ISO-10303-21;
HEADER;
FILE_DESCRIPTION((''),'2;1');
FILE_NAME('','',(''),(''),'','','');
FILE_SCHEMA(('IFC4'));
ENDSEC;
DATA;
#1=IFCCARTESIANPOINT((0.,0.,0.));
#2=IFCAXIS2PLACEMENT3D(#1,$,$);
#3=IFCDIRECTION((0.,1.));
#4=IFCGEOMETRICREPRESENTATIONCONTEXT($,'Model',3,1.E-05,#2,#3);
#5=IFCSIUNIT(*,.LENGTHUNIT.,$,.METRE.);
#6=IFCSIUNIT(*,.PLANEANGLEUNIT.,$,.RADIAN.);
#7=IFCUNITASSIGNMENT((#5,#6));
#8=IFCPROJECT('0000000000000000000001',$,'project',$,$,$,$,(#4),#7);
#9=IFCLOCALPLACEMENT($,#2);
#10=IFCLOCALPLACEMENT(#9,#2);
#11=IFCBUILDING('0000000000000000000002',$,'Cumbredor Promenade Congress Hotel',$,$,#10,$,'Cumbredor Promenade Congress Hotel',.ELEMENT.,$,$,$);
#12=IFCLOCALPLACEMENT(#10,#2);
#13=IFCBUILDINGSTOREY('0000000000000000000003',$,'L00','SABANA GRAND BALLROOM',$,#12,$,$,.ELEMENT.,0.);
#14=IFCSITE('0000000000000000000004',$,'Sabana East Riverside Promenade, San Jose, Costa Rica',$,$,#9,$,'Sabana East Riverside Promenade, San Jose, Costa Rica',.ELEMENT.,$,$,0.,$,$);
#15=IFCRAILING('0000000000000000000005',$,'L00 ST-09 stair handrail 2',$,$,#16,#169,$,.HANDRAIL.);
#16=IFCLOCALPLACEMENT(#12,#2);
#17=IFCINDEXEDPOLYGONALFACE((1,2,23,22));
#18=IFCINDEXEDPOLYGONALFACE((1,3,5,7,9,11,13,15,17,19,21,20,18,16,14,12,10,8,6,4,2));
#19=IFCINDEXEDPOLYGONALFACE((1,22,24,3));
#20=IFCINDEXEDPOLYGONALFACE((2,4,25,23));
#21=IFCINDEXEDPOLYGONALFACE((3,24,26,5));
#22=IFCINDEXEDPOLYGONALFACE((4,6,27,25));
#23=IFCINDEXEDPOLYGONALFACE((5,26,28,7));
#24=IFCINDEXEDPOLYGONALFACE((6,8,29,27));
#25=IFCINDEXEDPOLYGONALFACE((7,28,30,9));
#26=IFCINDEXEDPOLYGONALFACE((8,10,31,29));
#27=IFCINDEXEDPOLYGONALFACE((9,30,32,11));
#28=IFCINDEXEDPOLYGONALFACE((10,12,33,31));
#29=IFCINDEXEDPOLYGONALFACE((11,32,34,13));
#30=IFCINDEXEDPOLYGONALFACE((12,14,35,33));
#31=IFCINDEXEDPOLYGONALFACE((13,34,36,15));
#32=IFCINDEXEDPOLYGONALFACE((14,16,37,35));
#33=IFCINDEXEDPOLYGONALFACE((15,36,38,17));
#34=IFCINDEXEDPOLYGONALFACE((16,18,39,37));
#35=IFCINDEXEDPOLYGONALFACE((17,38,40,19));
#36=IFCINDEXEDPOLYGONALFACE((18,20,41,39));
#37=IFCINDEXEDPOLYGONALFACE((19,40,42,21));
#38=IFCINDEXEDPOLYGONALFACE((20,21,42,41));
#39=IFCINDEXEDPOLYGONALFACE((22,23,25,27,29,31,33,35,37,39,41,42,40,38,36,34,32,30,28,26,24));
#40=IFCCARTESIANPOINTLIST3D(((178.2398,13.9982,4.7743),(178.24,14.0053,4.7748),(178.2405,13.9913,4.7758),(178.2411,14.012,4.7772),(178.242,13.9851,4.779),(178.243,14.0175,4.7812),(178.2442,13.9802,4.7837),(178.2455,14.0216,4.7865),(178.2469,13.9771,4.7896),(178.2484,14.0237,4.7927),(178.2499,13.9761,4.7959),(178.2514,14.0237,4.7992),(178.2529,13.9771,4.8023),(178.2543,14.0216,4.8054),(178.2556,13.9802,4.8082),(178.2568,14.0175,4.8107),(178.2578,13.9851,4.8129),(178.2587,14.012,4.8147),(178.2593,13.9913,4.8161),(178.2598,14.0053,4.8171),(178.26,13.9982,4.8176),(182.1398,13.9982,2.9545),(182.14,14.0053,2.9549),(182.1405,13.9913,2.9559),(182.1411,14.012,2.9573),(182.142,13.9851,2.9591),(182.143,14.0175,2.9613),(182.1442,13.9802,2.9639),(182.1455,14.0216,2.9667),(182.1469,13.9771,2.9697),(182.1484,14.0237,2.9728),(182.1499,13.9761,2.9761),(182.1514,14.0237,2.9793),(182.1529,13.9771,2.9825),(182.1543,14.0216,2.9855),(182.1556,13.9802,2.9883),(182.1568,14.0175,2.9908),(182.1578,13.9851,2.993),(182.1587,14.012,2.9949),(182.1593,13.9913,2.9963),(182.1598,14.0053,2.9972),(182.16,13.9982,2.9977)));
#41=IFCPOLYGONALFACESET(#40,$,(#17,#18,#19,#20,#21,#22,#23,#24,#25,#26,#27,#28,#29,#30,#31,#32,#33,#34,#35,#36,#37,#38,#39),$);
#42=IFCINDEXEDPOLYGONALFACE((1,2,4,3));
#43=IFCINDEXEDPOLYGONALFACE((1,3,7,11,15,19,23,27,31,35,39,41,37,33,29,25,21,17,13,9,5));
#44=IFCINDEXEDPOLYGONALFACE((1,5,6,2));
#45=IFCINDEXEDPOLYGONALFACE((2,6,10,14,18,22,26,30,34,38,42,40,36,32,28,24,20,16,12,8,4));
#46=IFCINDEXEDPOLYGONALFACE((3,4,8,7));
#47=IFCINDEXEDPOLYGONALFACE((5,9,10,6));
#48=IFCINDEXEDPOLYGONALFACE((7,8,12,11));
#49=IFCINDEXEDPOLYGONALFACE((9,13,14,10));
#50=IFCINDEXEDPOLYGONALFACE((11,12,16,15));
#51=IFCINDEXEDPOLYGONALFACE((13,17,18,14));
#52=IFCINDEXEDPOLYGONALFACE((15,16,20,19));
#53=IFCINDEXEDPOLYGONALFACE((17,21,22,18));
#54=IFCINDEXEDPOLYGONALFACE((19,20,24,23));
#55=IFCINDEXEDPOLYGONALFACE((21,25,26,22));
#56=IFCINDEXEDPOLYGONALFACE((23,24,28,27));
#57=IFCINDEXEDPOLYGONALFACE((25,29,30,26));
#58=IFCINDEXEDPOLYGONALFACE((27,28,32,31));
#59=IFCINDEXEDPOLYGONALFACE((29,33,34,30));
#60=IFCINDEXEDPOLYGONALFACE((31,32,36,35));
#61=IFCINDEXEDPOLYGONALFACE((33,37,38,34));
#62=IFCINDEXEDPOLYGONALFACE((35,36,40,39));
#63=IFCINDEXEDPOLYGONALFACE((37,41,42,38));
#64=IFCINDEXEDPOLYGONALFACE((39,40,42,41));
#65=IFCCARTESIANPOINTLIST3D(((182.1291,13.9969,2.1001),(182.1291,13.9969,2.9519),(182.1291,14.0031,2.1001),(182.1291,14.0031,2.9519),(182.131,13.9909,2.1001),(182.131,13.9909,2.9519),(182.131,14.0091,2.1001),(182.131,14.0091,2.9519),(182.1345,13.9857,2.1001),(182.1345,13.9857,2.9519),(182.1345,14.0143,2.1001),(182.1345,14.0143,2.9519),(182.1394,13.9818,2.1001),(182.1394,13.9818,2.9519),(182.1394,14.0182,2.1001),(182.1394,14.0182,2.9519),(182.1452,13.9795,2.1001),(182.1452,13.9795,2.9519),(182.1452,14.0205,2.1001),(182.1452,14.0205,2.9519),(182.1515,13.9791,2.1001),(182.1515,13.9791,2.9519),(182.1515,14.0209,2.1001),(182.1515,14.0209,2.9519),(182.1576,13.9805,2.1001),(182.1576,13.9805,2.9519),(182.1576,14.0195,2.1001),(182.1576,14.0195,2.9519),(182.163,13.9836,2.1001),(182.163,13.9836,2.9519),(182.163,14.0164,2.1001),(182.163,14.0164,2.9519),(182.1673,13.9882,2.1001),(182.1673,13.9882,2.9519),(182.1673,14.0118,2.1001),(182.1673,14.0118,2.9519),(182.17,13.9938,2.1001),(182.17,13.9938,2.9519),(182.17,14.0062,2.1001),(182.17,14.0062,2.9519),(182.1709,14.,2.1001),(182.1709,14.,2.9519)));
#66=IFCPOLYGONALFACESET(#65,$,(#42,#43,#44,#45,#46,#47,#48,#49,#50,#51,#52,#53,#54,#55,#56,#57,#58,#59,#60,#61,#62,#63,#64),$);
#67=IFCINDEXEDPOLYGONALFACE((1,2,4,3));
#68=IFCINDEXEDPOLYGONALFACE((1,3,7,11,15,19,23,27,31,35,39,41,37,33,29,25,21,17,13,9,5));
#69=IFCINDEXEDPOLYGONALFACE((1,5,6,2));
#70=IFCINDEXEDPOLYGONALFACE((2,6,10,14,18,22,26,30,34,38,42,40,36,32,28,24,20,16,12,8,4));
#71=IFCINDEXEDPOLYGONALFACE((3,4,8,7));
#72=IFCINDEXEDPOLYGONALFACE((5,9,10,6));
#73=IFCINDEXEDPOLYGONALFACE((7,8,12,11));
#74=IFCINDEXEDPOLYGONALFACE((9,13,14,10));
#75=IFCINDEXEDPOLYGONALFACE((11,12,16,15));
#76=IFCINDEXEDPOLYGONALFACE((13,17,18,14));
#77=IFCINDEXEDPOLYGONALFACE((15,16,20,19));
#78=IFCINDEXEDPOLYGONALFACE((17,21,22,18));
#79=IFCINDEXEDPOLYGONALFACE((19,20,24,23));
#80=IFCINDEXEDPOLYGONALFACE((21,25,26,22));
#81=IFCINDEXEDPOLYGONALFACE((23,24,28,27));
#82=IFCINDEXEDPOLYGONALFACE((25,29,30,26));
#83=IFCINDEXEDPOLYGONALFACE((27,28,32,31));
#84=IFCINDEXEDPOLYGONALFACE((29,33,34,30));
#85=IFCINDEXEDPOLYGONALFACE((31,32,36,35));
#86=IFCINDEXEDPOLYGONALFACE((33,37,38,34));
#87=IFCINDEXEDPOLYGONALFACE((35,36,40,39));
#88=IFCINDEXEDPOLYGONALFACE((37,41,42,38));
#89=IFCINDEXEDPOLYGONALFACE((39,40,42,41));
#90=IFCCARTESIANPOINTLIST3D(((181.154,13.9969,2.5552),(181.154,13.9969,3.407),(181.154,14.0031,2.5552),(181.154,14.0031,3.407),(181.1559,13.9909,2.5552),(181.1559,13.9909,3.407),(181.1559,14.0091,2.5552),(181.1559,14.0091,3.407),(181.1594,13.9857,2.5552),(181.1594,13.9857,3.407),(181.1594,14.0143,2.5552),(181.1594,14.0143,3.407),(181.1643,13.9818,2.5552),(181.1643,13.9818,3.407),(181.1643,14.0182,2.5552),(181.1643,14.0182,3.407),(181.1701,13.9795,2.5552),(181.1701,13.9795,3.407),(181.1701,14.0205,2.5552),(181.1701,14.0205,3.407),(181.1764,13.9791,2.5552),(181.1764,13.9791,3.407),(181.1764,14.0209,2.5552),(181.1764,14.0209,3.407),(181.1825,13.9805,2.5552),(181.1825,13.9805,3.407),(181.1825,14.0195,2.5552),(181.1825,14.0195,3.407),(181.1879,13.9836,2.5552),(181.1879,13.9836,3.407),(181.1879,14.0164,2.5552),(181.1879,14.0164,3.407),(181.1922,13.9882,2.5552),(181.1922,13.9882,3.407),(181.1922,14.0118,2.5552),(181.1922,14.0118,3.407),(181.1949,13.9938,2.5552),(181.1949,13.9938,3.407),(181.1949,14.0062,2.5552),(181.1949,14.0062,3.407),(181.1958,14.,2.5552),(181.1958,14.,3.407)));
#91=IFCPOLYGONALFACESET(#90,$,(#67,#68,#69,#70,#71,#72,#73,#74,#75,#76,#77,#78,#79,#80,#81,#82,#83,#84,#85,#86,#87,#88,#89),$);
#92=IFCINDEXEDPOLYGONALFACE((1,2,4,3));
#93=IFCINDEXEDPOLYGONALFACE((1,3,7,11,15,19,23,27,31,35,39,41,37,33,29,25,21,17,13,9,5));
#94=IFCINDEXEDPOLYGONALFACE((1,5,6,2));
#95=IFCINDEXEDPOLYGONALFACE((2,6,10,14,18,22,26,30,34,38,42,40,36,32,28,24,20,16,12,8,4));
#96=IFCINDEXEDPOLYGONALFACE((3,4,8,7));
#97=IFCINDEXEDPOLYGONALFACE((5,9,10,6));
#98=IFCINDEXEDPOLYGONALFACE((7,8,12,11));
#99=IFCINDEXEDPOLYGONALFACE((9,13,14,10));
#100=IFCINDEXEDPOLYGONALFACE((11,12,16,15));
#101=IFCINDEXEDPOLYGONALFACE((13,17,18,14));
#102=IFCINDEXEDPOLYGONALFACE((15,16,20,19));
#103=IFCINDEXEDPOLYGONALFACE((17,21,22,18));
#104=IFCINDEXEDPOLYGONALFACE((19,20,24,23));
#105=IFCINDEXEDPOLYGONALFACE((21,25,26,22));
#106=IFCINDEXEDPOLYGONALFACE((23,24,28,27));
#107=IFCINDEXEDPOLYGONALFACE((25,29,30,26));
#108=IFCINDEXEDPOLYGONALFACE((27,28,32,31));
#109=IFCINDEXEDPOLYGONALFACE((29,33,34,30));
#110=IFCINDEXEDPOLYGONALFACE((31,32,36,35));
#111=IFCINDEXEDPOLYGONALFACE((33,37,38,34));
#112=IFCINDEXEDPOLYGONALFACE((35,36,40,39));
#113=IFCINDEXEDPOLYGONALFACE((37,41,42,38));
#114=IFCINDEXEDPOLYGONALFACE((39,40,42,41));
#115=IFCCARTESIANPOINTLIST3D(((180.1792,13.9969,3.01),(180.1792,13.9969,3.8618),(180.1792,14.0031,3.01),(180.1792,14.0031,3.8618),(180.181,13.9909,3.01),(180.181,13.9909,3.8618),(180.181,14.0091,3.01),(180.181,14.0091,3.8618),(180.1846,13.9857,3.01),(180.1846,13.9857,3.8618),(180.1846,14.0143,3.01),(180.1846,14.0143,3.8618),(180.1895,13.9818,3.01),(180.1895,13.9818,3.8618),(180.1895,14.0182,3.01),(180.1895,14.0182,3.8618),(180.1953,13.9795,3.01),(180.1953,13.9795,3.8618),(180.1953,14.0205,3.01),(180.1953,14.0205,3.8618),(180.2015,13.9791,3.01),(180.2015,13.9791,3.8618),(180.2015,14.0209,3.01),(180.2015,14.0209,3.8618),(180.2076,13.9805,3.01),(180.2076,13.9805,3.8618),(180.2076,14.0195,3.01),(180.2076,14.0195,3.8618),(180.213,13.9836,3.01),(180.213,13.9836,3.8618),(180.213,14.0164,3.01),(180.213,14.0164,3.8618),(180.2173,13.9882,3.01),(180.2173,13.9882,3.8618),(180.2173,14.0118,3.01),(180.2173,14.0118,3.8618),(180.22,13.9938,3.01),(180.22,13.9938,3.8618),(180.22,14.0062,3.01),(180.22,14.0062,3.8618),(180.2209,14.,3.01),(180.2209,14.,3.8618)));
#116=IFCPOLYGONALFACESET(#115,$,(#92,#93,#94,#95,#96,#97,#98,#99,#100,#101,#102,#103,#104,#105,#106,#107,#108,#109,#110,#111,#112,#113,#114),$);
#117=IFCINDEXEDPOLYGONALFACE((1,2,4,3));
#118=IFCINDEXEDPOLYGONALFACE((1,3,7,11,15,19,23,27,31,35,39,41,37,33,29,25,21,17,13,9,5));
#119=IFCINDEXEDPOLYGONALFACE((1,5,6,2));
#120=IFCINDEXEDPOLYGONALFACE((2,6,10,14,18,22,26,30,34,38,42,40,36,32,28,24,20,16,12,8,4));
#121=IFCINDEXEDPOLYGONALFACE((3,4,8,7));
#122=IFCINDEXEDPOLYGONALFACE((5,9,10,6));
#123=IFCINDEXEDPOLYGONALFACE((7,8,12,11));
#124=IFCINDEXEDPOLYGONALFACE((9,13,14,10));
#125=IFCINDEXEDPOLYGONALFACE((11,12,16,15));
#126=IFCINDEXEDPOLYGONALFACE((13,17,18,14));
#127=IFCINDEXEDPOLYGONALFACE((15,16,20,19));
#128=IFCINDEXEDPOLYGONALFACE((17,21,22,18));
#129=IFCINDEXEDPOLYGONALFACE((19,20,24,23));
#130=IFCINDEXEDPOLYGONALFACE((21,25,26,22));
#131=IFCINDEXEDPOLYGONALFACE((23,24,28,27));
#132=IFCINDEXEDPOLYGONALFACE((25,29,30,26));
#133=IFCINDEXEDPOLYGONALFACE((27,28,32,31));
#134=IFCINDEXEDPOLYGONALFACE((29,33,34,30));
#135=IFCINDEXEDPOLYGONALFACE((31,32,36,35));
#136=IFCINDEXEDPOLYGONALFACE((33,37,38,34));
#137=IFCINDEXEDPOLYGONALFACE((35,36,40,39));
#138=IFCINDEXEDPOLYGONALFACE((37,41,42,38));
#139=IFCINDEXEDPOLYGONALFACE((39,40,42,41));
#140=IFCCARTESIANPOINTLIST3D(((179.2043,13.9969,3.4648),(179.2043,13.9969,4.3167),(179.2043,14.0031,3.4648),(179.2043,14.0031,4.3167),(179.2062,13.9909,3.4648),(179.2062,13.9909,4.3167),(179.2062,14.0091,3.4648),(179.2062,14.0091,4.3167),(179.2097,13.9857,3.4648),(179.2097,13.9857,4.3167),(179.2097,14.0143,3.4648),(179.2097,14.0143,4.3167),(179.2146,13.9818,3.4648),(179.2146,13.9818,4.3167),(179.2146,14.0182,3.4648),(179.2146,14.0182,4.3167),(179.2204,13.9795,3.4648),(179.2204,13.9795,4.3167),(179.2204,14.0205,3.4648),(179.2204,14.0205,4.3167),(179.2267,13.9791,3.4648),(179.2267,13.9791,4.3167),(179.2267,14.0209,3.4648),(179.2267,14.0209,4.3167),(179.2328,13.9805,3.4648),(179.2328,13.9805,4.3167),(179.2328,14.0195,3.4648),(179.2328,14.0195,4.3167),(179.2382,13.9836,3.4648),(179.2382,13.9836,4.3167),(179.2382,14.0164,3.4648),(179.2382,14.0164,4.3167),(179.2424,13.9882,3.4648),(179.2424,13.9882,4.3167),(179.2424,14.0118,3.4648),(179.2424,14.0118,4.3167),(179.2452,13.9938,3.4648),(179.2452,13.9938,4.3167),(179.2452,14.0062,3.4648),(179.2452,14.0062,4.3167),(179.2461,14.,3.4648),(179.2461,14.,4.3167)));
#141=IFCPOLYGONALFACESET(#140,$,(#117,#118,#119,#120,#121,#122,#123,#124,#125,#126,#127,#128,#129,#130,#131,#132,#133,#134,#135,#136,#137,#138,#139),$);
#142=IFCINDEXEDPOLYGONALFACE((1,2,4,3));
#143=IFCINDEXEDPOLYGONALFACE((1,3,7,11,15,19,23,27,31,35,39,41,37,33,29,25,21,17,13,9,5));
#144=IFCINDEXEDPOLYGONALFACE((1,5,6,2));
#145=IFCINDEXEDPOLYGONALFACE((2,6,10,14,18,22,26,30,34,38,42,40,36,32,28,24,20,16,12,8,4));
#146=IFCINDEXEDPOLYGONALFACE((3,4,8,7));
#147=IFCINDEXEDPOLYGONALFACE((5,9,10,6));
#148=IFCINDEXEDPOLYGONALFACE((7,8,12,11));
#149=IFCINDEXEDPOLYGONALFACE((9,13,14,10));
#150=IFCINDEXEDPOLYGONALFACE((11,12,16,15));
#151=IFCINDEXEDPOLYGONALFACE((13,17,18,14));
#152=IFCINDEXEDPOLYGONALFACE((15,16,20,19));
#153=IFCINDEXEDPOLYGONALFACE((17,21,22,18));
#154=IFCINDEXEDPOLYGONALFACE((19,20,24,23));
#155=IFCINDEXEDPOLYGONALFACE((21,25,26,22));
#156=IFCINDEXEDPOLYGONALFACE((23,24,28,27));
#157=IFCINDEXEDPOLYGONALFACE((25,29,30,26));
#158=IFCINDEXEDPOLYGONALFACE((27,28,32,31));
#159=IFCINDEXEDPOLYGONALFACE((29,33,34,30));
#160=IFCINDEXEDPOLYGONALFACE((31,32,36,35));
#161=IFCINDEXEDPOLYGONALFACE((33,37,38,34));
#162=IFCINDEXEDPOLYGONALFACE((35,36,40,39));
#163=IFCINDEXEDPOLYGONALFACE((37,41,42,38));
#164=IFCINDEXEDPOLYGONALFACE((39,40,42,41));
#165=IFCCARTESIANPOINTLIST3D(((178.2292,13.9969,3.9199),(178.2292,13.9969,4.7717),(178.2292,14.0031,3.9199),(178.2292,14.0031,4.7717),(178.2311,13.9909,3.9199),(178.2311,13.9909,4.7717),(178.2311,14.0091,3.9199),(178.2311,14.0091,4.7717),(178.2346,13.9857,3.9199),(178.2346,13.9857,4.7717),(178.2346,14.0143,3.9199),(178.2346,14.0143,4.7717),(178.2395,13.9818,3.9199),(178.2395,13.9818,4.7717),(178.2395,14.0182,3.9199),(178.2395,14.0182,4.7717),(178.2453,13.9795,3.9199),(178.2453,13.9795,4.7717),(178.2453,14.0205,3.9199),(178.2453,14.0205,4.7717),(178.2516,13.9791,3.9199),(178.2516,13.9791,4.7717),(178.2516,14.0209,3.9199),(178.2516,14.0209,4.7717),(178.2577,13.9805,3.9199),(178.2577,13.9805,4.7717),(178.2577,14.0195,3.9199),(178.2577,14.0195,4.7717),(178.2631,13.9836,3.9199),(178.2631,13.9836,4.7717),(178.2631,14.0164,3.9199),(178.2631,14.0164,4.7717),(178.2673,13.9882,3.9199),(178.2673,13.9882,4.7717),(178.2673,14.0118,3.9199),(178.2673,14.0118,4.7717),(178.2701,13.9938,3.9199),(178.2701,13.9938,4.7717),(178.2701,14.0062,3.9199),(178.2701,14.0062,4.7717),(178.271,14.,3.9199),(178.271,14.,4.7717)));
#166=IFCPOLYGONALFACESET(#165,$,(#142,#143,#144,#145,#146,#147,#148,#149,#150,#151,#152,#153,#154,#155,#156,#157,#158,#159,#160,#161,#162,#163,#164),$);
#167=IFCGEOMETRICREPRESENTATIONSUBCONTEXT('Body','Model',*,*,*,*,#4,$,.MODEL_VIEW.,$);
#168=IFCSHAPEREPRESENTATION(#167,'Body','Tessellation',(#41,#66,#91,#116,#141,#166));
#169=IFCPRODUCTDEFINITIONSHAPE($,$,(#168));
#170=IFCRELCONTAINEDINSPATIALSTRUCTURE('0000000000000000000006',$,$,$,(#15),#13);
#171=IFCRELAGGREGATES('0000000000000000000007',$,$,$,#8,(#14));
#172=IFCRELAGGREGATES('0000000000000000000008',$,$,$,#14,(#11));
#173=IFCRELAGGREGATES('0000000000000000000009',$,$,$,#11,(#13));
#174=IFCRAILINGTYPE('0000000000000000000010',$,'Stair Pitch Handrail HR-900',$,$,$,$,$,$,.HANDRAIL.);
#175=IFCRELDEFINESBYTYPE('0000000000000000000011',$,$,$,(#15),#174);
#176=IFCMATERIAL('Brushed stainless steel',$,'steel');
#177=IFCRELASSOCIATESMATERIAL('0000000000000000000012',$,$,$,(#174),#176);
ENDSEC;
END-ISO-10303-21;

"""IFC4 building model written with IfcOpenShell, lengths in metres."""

from ifc_helpers import new_model, si_unit, direction, frame, origin, origin_2d, place, context, subcontext, project, spatial, circle, extrude, material, type_object, element, save


model = new_model("IFC4")

# Units and contexts
model_context = context("Model", 3, precision=1e-05, world=origin(), true_north=direction((0.0, 1.0)))
body_context = subcontext(model_context, "Body", "Model", "MODEL_VIEW")
ifc_project = project(units=[si_unit("LENGTHUNIT", "METRE"), si_unit("PLANEANGLEUNIT", "RADIAN")], contexts=[model_context])

# Site, building, storey
site_placement = place(None, origin())
site = spatial("IfcSite", under=ifc_project, at=site_placement, Name="Sabana East Riverside Promenade, San Jose, Costa Rica", LongName="Sabana East Riverside Promenade, San Jose, Costa Rica", CompositionType="ELEMENT", RefElevation=0.0)
building_placement = place(site_placement, origin())
building = spatial("IfcBuilding", under=site, at=building_placement, Name="Cumbredor Promenade Congress Hotel", LongName="Cumbredor Promenade Congress Hotel", CompositionType="ELEMENT")
storey_placement = place(building_placement, origin())
storey = spatial("IfcBuildingStorey", under=building, at=storey_placement, Name="L00", Description="SABANA GRAND BALLROOM", CompositionType="ELEMENT", Elevation=0.0)

# Railing
ifc_material_1 = material(Name="Brushed stainless steel", Category="steel")
railing_type_1 = type_object("IfcRailingType", Name="Stair Pitch Handrail HR-900", PredefinedType="HANDRAIL", material=ifc_material_1)
railing_1_placement = place(storey_placement, frame((182.1499, 14.0, 2.1001)))
element("IfcRailing", 1, at=railing_1_placement, inside=storey, type_object=railing_type_1, Name="L00 ST-09 stair handrail 2", PredefinedType="HANDRAIL", context=body_context, shape_type="SweptSolid", body=[
    extrude(circle(Radius=0.0239, at=origin_2d()), frame((0.0, 0.0, 0.876), z_axis=(-0.906195, 0.0, 0.422861), x_axis=(0.0, -1.0, 0.0)), (0.0, 0.0, 1.0), 4.3037),
    extrude(circle(Radius=0.021, at=origin_2d()), origin(), (0.0, 0.0, 1.0), 0.8518),
    extrude(circle(Radius=0.021, at=origin_2d()), frame((-0.9751, 0.0, 0.4551)), (0.0, 0.0, 1.0), 0.8518),
    extrude(circle(Radius=0.021, at=origin_2d()), frame((-1.95, 0.0, 0.9099)), (0.0, 0.0, 1.0), 0.8518),
    extrude(circle(Radius=0.021, at=origin_2d()), frame((-2.9248, 0.0, 1.3647)), (0.0, 0.0, 1.0), 0.8518),
    extrude(circle(Radius=0.021, at=origin_2d()), frame((-3.8999, 0.0, 1.8198)), (0.0, 0.0, 1.0), 0.8518),
])

save(model, "model.ifc")
